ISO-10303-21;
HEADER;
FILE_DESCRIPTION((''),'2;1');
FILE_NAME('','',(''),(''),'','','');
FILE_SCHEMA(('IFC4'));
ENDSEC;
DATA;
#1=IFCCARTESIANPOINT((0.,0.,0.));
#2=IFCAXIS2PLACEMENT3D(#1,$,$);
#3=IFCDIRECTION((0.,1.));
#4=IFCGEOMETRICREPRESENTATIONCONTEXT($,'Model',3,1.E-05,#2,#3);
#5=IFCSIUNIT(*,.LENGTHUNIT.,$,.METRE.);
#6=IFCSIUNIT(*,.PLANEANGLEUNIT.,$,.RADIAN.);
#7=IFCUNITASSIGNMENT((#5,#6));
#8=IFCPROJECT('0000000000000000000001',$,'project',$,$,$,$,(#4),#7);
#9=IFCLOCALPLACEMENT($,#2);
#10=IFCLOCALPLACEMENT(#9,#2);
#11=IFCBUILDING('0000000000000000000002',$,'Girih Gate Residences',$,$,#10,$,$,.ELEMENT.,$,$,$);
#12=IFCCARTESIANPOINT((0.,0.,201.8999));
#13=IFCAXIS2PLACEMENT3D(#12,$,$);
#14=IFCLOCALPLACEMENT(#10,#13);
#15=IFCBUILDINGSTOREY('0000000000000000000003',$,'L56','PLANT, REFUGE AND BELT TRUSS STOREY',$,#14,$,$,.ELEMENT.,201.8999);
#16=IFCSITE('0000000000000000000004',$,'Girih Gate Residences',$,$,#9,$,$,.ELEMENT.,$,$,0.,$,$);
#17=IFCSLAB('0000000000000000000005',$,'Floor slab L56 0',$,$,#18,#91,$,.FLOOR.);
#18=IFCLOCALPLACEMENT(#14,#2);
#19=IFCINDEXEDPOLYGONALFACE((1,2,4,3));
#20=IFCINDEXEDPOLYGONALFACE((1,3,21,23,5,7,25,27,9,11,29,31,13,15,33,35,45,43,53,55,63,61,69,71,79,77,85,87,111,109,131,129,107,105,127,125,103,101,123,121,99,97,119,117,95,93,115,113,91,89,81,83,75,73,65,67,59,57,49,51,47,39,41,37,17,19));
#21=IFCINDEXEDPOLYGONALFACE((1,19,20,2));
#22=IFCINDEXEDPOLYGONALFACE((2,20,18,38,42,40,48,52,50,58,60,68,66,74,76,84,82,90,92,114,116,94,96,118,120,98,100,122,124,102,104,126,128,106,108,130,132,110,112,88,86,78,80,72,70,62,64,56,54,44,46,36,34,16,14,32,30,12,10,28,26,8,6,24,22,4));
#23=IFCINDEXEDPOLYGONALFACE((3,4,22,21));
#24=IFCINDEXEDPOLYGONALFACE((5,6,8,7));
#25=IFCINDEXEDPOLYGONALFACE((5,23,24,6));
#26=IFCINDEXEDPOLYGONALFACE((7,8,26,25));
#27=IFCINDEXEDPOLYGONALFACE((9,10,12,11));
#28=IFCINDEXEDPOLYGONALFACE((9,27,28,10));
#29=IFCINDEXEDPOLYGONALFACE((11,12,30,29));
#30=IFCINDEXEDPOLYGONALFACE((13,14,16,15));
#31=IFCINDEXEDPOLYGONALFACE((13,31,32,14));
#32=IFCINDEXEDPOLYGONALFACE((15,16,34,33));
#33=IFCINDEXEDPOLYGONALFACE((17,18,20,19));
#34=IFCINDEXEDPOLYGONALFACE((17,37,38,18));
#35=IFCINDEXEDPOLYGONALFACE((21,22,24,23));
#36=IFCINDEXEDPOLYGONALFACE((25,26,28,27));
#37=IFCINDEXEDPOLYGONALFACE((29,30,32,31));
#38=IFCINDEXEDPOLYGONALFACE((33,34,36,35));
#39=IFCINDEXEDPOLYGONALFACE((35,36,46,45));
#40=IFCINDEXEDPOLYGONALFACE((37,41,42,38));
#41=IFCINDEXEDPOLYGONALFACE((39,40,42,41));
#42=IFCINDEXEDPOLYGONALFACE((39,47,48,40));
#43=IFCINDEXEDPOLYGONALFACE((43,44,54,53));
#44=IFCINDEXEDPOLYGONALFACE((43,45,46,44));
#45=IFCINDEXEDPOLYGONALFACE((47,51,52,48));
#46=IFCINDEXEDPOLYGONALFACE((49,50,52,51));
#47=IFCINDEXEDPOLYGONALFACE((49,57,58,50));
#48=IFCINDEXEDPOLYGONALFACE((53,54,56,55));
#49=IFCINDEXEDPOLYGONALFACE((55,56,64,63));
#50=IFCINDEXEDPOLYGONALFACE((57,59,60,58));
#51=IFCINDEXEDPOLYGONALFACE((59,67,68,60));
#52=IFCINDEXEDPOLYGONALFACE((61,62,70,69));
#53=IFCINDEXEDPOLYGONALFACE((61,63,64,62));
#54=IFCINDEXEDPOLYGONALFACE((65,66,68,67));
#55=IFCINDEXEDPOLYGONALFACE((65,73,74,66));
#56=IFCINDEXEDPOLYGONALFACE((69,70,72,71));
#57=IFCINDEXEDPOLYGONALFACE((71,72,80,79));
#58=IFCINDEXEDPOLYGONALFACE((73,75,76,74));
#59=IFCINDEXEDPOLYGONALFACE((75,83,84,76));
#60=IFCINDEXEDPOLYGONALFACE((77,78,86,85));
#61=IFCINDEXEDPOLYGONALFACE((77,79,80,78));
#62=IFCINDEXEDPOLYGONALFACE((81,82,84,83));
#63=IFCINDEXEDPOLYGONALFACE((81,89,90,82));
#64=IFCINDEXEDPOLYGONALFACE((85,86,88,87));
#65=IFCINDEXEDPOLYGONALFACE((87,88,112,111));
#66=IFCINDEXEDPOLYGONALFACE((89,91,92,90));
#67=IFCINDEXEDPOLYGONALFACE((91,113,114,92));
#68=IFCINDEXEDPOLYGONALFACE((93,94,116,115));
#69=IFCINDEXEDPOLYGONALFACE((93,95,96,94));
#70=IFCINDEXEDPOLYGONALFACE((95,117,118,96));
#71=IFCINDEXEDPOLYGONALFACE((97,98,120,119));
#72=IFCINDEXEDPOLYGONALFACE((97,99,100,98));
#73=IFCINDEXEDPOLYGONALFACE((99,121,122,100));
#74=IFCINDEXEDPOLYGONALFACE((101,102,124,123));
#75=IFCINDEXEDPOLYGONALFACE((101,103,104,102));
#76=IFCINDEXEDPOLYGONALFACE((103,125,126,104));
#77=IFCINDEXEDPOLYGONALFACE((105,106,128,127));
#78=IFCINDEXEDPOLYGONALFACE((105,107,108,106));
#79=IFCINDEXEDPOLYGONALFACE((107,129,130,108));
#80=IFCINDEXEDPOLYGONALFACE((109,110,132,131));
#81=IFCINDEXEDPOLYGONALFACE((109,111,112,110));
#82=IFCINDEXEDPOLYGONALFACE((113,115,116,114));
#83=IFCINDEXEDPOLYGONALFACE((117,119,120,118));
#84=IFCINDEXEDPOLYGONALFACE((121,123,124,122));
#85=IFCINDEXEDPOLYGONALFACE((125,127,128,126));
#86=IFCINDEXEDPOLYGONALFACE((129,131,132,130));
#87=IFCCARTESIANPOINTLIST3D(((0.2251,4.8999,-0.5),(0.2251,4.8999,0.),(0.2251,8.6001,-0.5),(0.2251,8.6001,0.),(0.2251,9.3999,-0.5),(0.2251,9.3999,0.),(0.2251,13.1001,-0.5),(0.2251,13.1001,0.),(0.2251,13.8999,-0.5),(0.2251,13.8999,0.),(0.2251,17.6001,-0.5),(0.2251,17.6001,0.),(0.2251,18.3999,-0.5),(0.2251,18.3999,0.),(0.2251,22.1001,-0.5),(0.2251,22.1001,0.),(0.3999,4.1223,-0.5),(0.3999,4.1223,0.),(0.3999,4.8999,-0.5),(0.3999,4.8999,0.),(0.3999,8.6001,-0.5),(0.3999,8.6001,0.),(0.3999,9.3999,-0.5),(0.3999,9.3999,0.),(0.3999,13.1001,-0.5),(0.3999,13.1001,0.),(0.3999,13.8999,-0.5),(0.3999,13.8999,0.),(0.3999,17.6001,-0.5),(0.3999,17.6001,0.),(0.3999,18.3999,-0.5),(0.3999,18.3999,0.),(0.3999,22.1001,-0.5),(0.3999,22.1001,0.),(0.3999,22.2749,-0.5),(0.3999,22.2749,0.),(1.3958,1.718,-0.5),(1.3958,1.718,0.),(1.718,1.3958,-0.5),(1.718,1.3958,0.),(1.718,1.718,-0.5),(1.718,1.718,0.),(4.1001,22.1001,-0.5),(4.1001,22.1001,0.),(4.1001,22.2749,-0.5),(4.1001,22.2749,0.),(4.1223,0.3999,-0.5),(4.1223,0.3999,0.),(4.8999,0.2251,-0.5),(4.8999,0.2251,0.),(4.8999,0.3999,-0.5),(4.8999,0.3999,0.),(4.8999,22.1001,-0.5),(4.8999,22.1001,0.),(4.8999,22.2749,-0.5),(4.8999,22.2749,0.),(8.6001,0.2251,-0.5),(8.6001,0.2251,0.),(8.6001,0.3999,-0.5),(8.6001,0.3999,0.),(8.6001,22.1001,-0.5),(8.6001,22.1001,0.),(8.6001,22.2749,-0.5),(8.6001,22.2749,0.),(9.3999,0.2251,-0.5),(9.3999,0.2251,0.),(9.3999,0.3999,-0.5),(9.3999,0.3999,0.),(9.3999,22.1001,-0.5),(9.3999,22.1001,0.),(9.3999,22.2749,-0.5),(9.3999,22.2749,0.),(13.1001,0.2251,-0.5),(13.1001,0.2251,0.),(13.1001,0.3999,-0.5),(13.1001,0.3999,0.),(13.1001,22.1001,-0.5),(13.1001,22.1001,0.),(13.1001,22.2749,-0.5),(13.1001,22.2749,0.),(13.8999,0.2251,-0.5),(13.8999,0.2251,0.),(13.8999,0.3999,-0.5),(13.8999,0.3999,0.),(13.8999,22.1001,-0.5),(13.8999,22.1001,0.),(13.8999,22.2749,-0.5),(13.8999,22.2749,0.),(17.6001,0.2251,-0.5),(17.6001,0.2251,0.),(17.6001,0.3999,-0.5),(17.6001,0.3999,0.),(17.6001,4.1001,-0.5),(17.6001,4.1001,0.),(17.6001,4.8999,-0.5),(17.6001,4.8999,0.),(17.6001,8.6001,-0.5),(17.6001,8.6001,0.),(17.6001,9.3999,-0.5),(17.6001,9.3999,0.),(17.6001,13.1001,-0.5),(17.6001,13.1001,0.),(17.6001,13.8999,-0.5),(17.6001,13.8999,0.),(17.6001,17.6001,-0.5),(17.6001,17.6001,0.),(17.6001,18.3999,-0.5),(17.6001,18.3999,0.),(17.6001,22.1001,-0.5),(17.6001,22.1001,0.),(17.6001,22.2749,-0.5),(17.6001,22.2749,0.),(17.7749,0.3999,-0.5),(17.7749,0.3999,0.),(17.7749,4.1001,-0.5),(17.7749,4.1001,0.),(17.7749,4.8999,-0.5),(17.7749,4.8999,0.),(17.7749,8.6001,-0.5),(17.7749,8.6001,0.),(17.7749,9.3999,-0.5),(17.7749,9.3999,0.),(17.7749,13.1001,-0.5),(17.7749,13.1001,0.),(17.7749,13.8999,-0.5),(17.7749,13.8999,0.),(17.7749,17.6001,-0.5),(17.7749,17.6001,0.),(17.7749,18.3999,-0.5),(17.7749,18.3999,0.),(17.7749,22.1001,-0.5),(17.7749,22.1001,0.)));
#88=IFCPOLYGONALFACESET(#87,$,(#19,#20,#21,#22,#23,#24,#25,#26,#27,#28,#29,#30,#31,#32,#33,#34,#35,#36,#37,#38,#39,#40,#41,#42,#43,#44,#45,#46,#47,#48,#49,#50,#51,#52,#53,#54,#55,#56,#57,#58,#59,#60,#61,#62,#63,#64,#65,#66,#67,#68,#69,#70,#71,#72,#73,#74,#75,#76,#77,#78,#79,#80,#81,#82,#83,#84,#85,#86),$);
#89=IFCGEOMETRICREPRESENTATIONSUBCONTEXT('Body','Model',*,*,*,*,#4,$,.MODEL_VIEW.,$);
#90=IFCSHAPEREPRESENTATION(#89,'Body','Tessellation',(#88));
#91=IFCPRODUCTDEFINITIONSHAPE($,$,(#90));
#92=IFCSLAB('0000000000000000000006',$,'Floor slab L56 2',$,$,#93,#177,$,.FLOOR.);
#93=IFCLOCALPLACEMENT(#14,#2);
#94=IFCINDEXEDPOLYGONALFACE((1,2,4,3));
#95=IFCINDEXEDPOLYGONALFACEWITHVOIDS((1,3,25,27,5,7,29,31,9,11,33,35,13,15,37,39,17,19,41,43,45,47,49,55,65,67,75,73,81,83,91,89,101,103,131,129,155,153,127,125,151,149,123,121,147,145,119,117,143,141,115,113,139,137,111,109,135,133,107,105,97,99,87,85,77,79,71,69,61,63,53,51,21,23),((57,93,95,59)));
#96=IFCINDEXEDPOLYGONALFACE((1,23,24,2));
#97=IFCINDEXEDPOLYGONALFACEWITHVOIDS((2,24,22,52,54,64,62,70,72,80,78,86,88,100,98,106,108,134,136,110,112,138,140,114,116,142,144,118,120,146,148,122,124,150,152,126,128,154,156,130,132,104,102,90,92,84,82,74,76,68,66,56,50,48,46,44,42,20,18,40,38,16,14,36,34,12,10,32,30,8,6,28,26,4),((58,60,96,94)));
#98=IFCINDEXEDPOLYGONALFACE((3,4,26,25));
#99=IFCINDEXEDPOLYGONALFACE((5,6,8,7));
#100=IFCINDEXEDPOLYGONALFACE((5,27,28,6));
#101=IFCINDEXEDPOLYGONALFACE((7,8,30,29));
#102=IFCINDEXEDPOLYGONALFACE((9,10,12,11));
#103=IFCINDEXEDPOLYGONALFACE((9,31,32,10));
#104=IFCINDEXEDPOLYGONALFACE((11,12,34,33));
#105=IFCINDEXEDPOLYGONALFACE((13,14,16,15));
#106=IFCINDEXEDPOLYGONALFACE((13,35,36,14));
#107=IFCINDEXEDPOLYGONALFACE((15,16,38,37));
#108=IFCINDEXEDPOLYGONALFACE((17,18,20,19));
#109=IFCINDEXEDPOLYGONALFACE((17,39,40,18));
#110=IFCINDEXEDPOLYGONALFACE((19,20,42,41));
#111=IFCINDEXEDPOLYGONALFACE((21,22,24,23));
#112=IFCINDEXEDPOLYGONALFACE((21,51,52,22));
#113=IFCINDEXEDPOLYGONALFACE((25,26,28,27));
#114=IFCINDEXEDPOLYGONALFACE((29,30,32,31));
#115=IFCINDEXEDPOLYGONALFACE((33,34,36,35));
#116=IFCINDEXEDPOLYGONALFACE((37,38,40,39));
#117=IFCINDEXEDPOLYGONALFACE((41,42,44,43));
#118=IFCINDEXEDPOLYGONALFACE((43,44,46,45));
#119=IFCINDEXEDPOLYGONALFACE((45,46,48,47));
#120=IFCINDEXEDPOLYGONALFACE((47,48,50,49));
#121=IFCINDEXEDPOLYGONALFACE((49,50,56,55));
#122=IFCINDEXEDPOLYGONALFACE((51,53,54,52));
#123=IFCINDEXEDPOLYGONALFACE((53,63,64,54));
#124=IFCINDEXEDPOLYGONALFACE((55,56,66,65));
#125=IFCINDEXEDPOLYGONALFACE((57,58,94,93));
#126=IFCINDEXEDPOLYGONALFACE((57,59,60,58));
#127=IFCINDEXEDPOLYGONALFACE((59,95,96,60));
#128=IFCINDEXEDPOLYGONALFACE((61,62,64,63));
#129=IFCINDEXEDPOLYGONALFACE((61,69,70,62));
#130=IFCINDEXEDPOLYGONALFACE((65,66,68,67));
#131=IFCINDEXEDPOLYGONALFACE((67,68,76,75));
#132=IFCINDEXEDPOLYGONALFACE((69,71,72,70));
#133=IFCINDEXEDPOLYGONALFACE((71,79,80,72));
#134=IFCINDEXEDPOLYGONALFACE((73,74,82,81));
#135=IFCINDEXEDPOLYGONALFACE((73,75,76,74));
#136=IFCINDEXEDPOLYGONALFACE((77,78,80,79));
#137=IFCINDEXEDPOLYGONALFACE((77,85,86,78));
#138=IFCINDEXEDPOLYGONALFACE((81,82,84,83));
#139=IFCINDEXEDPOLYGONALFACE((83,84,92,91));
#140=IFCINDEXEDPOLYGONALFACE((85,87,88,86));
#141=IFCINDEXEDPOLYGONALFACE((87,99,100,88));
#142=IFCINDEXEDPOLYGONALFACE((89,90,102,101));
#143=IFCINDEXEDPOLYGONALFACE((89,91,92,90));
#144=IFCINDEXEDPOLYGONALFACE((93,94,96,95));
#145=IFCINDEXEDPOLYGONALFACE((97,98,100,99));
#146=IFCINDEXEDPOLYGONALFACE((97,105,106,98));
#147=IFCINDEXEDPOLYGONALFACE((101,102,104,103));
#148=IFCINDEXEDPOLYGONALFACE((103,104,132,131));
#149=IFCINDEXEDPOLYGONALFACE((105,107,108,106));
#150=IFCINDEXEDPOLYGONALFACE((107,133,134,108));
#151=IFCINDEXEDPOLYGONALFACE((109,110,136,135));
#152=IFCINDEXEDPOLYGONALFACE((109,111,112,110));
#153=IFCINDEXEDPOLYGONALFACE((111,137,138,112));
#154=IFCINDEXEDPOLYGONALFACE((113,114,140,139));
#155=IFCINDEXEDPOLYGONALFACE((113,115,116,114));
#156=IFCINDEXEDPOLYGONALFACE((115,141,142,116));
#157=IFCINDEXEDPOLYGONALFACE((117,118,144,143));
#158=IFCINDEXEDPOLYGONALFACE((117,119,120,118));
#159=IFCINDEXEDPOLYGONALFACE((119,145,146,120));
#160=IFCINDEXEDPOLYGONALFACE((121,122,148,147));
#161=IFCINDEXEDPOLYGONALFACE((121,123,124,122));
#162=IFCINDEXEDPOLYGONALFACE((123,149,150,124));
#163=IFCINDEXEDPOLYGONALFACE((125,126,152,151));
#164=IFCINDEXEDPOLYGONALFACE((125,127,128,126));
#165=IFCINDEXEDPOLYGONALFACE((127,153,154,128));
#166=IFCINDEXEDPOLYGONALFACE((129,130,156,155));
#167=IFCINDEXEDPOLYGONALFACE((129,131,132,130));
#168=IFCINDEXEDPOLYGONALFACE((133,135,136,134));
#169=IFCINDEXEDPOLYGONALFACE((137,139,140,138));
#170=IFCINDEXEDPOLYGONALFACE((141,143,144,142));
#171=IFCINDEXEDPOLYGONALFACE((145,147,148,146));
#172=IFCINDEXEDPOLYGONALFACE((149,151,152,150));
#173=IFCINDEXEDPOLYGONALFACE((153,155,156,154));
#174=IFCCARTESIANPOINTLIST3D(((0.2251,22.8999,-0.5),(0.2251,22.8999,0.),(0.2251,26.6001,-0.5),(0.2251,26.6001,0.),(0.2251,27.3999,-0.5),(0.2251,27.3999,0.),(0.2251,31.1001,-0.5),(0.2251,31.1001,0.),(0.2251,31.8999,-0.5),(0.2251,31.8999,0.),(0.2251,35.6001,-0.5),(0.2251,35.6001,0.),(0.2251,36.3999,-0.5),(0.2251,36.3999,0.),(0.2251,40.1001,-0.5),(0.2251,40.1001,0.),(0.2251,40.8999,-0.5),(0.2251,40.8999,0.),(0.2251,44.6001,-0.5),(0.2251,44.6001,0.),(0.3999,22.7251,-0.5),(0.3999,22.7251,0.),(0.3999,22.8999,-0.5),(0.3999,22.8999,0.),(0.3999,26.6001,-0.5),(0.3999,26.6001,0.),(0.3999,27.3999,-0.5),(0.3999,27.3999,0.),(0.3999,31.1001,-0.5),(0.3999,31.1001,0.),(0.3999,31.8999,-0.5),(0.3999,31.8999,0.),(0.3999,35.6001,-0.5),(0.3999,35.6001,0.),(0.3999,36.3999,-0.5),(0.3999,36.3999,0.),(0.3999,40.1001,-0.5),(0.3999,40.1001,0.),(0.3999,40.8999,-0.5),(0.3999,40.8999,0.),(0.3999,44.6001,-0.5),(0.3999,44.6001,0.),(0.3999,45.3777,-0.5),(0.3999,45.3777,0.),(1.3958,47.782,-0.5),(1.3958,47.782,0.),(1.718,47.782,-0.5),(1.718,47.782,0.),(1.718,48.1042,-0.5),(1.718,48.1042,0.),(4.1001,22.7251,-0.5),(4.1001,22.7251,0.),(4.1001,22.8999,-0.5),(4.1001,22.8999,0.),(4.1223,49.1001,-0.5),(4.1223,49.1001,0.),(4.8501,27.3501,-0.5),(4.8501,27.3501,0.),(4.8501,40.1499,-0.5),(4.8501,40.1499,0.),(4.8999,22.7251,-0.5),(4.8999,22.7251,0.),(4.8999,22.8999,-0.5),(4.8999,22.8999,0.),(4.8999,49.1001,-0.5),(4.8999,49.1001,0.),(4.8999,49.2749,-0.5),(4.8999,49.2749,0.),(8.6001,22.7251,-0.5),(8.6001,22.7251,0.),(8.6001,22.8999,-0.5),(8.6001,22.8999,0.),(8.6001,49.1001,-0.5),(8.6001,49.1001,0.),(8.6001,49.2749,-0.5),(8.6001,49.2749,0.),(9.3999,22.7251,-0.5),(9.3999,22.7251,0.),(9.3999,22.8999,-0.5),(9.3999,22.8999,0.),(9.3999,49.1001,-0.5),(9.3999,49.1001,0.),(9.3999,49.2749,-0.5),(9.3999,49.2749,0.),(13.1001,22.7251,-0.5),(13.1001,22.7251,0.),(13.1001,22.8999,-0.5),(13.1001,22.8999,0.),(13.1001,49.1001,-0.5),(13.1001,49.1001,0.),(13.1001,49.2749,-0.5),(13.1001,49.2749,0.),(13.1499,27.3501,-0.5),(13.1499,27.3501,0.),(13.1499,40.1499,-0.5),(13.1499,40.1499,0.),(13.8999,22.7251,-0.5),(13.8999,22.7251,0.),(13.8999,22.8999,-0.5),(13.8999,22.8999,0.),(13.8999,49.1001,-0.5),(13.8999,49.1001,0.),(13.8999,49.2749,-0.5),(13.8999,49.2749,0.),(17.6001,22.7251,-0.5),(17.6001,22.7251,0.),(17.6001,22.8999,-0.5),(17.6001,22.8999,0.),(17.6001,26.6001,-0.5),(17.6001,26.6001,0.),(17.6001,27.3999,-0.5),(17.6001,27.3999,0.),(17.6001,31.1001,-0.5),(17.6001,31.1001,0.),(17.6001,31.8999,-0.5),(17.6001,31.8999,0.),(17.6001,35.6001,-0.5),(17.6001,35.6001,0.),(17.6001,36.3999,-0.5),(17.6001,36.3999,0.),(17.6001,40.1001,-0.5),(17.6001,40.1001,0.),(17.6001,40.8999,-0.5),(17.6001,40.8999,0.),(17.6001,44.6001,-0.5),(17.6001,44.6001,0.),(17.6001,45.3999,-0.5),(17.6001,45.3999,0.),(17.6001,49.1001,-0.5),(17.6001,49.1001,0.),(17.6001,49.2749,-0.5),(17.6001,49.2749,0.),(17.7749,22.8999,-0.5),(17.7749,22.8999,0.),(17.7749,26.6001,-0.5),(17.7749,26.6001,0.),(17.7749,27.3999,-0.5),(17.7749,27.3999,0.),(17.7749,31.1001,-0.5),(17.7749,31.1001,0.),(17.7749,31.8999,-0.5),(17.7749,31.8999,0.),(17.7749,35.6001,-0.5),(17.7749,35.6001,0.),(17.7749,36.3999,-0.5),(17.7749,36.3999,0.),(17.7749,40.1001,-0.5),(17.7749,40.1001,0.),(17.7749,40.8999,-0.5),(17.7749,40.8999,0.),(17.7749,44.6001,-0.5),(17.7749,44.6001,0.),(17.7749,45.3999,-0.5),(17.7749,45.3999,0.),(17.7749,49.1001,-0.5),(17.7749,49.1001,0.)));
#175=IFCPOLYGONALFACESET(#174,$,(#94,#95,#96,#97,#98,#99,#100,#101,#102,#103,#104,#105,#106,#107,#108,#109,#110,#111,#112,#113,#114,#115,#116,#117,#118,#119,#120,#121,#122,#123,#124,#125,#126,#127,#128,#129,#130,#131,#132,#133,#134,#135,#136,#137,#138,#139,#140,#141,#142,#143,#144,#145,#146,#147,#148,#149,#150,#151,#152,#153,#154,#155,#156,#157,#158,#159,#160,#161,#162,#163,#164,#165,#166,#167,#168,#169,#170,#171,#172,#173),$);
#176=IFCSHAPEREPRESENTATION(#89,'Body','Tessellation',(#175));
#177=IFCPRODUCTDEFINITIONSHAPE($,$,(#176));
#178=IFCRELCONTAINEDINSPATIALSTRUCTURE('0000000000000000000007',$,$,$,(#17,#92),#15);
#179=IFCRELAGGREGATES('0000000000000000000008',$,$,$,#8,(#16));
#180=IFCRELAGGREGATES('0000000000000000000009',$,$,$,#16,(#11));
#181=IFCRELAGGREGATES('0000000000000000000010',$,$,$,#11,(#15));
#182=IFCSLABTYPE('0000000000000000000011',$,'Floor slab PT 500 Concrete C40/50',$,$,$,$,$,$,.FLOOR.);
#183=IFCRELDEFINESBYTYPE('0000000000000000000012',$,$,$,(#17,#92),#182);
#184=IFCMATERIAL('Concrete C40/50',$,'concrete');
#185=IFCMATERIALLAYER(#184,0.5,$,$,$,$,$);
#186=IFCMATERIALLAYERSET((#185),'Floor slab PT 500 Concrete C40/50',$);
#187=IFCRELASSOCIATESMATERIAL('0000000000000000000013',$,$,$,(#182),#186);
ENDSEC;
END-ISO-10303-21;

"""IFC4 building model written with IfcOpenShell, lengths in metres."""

from ifc_helpers import new_model, si_unit, direction, frame, origin, place, context, subcontext, project, spatial, polyline, outline, extrude, material, layer, layer_set, type_object, element, save


model = new_model("IFC4")

# Units and contexts
model_context = context("Model", 3, precision=1e-05, world=origin(), true_north=direction((0.0, 1.0)))
body_context = subcontext(model_context, "Body", "Model", "MODEL_VIEW")
ifc_project = project(units=[si_unit("LENGTHUNIT", "METRE"), si_unit("PLANEANGLEUNIT", "RADIAN")], contexts=[model_context])

# Site, building, storey
site_placement = place(None, origin())
site = spatial("IfcSite", under=ifc_project, at=site_placement, Name="Girih Gate Residences", CompositionType="ELEMENT", RefElevation=0.0)
building_placement = place(site_placement, origin())
building = spatial("IfcBuilding", under=site, at=building_placement, Name="Girih Gate Residences", CompositionType="ELEMENT")
storey_placement = place(building_placement, frame((0.0, 0.0, 201.8999)))
storey = spatial("IfcBuildingStorey", under=building, at=storey_placement, Name="L56", Description="PLANT, REFUGE AND BELT TRUSS STOREY", CompositionType="ELEMENT", Elevation=201.8999)

# Slabs
ifc_material_1 = material(Name="Concrete C40/50", Category="concrete")
ifc_layer_1 = layer(ifc_material_1, 0.5)
ifc_layer_set_1 = layer_set([ifc_layer_1], Name="Floor slab PT 500 Concrete C40/50")
slab_type_1 = type_object("IfcSlabType", Name="Floor slab PT 500 Concrete C40/50", PredefinedType="FLOOR", material=ifc_layer_set_1)
slab_1_placement = place(storey_placement, frame((0.0, 0.0, -0.5)))
element("IfcSlab", 1, at=slab_1_placement, inside=storey, type_object=slab_type_1, Name="Floor slab L56 0", PredefinedType="FLOOR", context=body_context, shape_type="SweptSolid", body=[
    extrude(outline(polyline([(13.8999, 0.2251), (17.6001, 0.2251), (17.6001, 0.3999), (17.7749, 0.3999), (17.7749, 4.1001), (17.6001, 4.1001), (17.6001, 4.8999), (17.7749, 4.8999), (17.7749, 8.6001), (17.6001, 8.6001), (17.6001, 9.3999), (17.7749, 9.3999), (17.7749, 13.1001), (17.6001, 13.1001), (17.6001, 13.8999), (17.7749, 13.8999), (17.7749, 17.6001), (17.6001, 17.6001), (17.6001, 18.3999), (17.7749, 18.3999), (17.7749, 22.1001), (17.6001, 22.1001), (17.6001, 22.2749), (13.8999, 22.2749), (13.8999, 22.1001), (13.1001, 22.1001), (13.1001, 22.2749), (9.3999, 22.2749), (9.3999, 22.1001), (8.6001, 22.1001), (8.6001, 22.2749), (4.8999, 22.2749), (4.8999, 22.1001), (4.1001, 22.1001), (4.1001, 22.2749), (0.3999, 22.2749), (0.3999, 22.1001), (0.2251, 22.1001), (0.2251, 18.3999), (0.3999, 18.3999), (0.3999, 17.6001), (0.2251, 17.6001), (0.2251, 13.8999), (0.3999, 13.8999), (0.3999, 13.1001), (0.2251, 13.1001), (0.2251, 9.3999), (0.3999, 9.3999), (0.3999, 8.6001), (0.2251, 8.6001), (0.2251, 4.8999), (0.3999, 4.8999), (0.3999, 4.1223), (1.3958, 1.718), (1.718, 1.718), (1.718, 1.3958), (4.1223, 0.3999), (4.8999, 0.3999), (4.8999, 0.2251), (8.6001, 0.2251), (8.6001, 0.3999), (9.3999, 0.3999), (9.3999, 0.2251), (13.1001, 0.2251), (13.1001, 0.3999), (13.8999, 0.3999), (13.8999, 0.2251)])), origin(), (0.0, 0.0, 1.0), 0.5),
])
slab_2_placement = place(storey_placement, frame((0.0, 0.0, -0.5)))
element("IfcSlab", 2, at=slab_2_placement, inside=storey, type_object=slab_type_1, Name="Floor slab L56 2", PredefinedType="FLOOR", context=body_context, shape_type="SweptSolid", body=[
    extrude(outline(polyline([(0.2251, 26.6001), (0.2251, 22.8999), (0.3999, 22.8999), (0.3999, 22.7251), (4.1001, 22.7251), (4.1001, 22.8999), (4.8999, 22.8999), (4.8999, 22.7251), (8.6001, 22.7251), (8.6001, 22.8999), (9.3999, 22.8999), (9.3999, 22.7251), (13.1001, 22.7251), (13.1001, 22.8999), (13.8999, 22.8999), (13.8999, 22.7251), (17.6001, 22.7251), (17.6001, 22.8999), (17.7749, 22.8999), (17.7749, 26.6001), (17.6001, 26.6001), (17.6001, 27.3999), (17.7749, 27.3999), (17.7749, 31.1001), (17.6001, 31.1001), (17.6001, 31.8999), (17.7749, 31.8999), (17.7749, 35.6001), (17.6001, 35.6001), (17.6001, 36.3999), (17.7749, 36.3999), (17.7749, 40.1001), (17.6001, 40.1001), (17.6001, 40.8999), (17.7749, 40.8999), (17.7749, 44.6001), (17.6001, 44.6001), (17.6001, 45.3999), (17.7749, 45.3999), (17.7749, 49.1001), (17.6001, 49.1001), (17.6001, 49.2749), (13.8999, 49.2749), (13.8999, 49.1001), (13.1001, 49.1001), (13.1001, 49.2749), (9.3999, 49.2749), (9.3999, 49.1001), (8.6001, 49.1001), (8.6001, 49.2749), (4.8999, 49.2749), (4.8999, 49.1001), (4.1223, 49.1001), (1.718, 48.1042), (1.718, 47.782), (1.3958, 47.782), (0.3999, 45.3777), (0.3999, 44.6001), (0.2251, 44.6001), (0.2251, 40.8999), (0.3999, 40.8999), (0.3999, 40.1001), (0.2251, 40.1001), (0.2251, 36.3999), (0.3999, 36.3999), (0.3999, 35.6001), (0.2251, 35.6001), (0.2251, 31.8999), (0.3999, 31.8999), (0.3999, 31.1001), (0.2251, 31.1001), (0.2251, 27.3999), (0.3999, 27.3999), (0.3999, 26.6001), (0.2251, 26.6001)]), holes=[polyline([(13.1499, 40.1499), (13.1499, 27.3501), (4.8501, 27.3501), (4.8501, 40.1499), (13.1499, 40.1499)])]), origin(), (0.0, 0.0, 1.0), 0.5),
])

save(model, "model.ifc")
